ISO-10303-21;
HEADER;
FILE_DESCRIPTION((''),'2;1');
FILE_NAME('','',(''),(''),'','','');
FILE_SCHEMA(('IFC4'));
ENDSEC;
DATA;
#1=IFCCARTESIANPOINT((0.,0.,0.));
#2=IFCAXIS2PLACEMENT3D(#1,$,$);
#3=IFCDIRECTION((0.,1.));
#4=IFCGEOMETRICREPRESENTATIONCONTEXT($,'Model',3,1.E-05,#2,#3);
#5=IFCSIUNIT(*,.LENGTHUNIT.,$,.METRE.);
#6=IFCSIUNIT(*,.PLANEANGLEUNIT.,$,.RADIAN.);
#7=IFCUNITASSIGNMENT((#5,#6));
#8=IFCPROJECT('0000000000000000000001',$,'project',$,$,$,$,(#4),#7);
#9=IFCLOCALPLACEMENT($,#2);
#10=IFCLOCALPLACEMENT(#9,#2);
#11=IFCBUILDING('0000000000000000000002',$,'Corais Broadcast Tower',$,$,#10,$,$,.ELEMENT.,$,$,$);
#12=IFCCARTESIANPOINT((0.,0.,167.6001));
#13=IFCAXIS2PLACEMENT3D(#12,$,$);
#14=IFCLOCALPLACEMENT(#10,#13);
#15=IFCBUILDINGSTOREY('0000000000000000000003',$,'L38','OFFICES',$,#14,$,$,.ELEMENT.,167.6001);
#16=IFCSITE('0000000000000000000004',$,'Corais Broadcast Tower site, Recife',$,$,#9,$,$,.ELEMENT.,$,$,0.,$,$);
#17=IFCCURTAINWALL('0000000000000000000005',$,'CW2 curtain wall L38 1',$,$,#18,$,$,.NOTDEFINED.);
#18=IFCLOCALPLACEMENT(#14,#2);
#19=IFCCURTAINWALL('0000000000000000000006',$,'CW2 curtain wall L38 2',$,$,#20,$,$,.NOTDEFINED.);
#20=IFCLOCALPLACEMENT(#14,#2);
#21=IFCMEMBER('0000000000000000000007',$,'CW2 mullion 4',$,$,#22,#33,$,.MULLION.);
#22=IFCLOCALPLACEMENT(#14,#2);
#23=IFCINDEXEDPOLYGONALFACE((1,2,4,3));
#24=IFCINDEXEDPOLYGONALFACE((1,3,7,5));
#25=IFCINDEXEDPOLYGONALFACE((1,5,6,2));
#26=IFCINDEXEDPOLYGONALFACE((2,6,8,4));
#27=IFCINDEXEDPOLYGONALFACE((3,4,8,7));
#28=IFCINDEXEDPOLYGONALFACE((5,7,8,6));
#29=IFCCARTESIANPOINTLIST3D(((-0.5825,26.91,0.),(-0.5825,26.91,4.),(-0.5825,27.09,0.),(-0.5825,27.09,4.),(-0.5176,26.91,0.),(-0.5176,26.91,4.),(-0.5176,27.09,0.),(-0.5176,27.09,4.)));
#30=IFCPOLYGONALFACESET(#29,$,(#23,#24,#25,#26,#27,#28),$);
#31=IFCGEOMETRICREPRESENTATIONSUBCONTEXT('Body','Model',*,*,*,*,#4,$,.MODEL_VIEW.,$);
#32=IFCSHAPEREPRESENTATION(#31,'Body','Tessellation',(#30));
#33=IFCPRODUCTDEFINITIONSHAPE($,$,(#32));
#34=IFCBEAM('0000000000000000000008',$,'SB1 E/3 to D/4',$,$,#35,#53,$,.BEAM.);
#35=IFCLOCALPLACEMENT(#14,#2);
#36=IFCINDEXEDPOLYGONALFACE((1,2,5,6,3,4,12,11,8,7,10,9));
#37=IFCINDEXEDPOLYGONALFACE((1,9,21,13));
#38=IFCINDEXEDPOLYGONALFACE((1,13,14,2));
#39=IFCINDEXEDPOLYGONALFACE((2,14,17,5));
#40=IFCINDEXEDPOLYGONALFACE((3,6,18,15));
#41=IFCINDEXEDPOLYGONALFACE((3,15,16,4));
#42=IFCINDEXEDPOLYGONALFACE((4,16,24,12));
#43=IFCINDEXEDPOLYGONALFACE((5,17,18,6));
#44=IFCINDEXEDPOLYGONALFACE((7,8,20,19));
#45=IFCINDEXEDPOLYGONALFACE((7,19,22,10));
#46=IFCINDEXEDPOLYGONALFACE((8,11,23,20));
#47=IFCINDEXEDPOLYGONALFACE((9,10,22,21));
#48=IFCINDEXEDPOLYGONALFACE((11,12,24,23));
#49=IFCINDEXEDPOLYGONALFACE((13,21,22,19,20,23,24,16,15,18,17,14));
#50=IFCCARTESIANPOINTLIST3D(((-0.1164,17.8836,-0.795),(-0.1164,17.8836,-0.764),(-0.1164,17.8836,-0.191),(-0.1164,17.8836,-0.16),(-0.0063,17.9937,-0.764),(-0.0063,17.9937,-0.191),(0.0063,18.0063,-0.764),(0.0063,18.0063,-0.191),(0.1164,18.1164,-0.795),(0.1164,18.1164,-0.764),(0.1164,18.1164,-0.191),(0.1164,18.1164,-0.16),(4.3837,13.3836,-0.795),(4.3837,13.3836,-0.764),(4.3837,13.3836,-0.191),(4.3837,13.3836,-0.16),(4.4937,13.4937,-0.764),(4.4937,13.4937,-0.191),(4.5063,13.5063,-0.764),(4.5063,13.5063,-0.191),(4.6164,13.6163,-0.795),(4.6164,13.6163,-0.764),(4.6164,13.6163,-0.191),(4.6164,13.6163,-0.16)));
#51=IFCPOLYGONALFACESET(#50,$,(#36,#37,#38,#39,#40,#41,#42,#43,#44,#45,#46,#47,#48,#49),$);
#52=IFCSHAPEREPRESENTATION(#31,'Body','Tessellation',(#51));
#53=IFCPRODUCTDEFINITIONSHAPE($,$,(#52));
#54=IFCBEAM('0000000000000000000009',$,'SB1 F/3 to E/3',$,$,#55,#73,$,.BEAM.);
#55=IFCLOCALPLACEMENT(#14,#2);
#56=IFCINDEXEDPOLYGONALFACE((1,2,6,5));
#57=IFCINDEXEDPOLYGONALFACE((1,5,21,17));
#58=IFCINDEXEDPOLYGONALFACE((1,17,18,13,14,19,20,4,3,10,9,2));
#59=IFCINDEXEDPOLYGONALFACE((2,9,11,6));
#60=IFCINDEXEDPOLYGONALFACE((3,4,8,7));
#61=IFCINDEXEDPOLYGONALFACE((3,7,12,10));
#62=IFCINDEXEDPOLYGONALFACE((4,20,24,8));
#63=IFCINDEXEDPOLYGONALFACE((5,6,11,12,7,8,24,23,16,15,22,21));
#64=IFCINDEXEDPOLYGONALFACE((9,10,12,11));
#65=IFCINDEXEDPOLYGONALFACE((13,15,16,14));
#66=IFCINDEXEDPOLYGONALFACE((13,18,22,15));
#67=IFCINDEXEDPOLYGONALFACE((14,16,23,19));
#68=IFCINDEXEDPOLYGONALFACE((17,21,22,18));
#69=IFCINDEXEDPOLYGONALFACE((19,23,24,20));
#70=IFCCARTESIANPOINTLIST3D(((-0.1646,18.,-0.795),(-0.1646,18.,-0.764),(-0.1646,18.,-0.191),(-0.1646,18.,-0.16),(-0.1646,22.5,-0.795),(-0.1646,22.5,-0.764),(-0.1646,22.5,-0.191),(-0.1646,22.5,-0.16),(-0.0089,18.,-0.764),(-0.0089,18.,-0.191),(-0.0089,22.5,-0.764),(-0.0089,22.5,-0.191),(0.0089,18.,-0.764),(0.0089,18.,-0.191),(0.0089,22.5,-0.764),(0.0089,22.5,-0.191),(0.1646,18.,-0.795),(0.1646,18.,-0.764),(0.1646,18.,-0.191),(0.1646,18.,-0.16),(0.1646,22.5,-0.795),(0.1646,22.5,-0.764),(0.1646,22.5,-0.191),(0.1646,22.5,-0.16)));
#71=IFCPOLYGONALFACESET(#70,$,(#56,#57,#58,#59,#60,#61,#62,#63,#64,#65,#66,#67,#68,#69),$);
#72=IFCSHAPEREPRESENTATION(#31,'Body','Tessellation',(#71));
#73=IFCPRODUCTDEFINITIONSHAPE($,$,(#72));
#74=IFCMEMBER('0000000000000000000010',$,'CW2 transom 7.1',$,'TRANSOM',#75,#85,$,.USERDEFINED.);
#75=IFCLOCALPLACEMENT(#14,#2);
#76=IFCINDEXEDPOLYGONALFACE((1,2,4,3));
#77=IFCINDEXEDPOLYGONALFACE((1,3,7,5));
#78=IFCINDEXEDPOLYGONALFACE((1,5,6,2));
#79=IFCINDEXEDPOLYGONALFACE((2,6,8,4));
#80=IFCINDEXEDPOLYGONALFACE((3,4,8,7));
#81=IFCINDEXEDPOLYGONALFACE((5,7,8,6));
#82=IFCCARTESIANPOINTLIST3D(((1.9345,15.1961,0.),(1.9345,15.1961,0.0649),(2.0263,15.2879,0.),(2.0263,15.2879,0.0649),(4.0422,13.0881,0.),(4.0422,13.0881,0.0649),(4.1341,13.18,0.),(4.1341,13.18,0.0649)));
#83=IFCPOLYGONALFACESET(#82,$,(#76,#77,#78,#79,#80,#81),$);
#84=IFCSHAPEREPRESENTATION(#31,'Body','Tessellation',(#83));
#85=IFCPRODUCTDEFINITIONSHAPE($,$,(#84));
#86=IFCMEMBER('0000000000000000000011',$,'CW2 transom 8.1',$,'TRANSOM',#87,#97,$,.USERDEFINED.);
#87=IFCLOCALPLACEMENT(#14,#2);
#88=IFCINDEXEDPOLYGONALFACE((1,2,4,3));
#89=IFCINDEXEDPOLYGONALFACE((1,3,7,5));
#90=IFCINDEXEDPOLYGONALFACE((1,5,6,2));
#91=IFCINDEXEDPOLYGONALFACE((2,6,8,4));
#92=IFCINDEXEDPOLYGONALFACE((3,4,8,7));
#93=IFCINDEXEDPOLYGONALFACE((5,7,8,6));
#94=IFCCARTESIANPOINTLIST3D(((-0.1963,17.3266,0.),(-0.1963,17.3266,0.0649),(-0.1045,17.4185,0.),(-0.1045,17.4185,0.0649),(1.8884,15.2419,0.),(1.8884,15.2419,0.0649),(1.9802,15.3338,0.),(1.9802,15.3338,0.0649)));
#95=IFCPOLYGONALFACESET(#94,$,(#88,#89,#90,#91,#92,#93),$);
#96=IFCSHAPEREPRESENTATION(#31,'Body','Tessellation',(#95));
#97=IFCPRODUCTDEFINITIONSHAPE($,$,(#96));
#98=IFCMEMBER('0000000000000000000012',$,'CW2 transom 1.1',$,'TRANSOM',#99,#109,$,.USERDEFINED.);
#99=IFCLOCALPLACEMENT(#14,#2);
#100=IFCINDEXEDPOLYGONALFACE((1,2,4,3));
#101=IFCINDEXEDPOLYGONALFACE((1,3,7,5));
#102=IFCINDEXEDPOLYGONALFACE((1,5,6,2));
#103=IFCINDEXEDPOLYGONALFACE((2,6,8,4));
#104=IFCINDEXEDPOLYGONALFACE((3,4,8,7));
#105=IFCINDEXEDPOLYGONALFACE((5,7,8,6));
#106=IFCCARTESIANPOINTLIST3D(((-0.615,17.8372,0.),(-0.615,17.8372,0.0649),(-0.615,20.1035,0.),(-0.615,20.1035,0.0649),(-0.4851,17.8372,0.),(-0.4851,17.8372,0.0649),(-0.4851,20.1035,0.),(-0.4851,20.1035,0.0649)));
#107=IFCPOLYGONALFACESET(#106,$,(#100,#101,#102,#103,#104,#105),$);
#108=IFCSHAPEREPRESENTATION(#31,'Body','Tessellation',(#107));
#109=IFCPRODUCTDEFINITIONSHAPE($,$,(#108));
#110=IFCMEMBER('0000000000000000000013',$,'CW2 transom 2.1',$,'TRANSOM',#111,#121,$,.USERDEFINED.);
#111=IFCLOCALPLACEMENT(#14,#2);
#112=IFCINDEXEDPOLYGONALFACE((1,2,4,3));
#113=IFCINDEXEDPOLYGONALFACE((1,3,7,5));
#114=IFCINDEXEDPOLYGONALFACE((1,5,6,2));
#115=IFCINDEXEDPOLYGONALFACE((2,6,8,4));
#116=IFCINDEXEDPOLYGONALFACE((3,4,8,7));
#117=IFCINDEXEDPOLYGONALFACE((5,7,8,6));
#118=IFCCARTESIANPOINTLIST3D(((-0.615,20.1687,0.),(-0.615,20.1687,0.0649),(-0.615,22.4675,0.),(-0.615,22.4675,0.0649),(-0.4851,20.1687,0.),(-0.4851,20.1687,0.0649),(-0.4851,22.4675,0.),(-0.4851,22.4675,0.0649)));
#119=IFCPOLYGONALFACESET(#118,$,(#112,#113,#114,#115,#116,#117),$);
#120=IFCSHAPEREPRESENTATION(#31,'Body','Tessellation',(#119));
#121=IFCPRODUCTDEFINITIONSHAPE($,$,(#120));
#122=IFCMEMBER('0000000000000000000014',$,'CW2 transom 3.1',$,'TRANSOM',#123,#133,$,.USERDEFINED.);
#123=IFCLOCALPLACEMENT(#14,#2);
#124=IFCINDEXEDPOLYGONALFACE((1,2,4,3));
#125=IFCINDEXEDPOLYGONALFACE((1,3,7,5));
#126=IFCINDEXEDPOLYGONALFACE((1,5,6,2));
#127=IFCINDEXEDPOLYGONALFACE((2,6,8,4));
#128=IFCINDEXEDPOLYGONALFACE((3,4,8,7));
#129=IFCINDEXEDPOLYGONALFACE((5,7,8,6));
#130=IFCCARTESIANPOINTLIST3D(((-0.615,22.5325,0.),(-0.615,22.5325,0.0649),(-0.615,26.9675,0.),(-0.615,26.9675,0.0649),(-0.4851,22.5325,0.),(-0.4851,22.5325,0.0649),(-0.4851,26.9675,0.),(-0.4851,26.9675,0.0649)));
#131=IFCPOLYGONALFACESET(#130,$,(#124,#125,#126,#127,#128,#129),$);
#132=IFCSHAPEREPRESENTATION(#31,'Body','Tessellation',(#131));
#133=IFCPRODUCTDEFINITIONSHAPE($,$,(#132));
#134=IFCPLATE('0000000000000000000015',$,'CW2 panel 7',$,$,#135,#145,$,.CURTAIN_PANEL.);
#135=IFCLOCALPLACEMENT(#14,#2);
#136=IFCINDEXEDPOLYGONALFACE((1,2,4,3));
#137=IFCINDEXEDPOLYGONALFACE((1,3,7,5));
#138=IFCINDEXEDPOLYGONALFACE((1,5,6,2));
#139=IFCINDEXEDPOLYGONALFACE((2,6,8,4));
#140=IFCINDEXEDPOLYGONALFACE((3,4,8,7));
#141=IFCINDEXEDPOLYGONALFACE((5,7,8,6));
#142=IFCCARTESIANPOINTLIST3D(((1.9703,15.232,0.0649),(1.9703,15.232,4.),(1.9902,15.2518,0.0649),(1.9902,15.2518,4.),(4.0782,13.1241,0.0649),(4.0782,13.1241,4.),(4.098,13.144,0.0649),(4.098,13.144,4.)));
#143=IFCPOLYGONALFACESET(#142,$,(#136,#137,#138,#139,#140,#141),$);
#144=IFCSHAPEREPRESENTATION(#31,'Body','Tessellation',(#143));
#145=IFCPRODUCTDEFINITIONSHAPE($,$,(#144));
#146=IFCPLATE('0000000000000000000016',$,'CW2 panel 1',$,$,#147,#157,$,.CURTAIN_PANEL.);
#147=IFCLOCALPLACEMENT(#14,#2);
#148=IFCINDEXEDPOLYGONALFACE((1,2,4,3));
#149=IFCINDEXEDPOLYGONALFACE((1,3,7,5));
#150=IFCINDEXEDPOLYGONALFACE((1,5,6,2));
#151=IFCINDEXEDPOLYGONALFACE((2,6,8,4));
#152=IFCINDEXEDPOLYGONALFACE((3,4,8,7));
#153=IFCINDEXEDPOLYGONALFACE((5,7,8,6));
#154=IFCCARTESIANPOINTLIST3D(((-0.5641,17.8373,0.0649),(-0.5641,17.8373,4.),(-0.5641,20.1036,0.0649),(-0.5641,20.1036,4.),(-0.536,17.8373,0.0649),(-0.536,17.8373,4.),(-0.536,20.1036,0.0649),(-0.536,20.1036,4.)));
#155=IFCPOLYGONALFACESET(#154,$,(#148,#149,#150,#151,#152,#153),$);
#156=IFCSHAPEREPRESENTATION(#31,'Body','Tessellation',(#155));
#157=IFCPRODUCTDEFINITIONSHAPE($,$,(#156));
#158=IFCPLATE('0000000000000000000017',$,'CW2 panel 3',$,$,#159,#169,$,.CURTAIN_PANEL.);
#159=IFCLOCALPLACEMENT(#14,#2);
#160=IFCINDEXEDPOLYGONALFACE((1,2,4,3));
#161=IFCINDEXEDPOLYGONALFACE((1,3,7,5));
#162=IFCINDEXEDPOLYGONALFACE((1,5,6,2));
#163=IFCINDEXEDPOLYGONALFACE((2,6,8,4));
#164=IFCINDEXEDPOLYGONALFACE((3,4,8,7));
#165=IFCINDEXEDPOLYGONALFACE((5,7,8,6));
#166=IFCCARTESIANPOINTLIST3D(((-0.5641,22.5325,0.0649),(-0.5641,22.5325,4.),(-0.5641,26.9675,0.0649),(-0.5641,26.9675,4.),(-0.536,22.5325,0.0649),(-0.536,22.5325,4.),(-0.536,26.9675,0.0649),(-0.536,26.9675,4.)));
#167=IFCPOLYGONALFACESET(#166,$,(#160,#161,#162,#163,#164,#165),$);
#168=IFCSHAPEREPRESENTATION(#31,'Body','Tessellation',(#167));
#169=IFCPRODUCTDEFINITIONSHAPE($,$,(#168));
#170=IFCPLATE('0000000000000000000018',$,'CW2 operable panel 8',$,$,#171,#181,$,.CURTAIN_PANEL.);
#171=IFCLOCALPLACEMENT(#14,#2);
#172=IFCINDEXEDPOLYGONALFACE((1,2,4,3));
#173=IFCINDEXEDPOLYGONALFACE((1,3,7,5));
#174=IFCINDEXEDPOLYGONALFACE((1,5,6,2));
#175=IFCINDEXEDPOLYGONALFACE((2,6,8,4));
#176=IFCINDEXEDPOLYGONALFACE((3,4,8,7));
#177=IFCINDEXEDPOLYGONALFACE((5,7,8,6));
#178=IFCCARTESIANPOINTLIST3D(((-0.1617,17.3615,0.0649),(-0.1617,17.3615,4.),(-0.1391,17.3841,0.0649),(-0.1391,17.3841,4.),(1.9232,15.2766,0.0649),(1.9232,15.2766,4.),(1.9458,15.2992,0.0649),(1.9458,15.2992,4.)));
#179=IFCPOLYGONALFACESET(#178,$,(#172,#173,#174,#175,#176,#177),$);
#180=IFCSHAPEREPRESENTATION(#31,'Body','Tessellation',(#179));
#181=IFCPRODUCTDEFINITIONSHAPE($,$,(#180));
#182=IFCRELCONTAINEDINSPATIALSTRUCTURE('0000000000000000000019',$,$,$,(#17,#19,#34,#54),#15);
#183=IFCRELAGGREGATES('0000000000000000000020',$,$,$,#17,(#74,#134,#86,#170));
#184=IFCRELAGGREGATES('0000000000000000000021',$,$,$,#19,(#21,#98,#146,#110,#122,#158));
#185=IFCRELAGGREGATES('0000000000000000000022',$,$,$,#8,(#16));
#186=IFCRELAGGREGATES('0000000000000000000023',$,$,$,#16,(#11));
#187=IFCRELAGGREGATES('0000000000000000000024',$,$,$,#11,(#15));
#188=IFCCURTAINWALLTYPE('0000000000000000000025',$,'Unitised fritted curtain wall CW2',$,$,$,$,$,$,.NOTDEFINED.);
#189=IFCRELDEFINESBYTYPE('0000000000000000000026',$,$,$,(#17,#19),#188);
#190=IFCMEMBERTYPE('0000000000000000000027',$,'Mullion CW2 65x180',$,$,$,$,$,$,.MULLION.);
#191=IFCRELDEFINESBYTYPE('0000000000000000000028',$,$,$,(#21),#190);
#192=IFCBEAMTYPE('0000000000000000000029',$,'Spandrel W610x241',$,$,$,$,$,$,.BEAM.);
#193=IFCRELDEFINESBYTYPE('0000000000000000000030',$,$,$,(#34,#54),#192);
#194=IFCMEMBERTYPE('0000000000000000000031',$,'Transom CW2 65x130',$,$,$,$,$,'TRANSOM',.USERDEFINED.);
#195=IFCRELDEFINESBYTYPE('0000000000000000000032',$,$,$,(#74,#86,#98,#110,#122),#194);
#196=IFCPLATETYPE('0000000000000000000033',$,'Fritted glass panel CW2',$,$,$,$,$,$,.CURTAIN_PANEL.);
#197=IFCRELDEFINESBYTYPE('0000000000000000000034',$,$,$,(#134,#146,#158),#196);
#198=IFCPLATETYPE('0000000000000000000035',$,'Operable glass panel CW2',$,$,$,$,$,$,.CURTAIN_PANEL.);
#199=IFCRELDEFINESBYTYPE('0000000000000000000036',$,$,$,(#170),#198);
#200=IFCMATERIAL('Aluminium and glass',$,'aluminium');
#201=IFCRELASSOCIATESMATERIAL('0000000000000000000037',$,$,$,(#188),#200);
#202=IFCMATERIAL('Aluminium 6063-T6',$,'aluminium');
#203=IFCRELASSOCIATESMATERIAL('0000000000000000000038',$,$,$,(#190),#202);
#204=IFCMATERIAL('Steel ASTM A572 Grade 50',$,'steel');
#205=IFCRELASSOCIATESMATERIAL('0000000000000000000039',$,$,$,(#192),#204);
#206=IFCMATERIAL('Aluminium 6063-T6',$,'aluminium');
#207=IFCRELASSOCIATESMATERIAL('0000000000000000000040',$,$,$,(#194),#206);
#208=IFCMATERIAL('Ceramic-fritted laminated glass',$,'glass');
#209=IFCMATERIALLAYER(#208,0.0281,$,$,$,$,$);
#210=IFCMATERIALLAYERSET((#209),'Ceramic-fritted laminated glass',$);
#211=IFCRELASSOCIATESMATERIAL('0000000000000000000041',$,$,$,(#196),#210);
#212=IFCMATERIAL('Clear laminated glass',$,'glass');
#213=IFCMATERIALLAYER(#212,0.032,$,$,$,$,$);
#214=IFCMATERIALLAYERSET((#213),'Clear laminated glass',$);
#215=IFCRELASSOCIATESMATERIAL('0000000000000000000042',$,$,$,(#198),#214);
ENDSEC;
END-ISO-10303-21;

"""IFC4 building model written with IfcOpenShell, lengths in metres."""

from ifc_helpers import new_model, si_unit, direction, frame, origin, origin_2d, place, context, subcontext, project, spatial, rectangle, i_section, extrude, material, layer, layer_set, material_profile, profile_set, type_object, element, aggregate, save


model = new_model("IFC4")

# Units and contexts
model_context = context("Model", 3, precision=1e-05, world=origin(), true_north=direction((0.0, 1.0)))
body_context = subcontext(model_context, "Body", "Model", "MODEL_VIEW")
ifc_project = project(units=[si_unit("LENGTHUNIT", "METRE"), si_unit("PLANEANGLEUNIT", "RADIAN")], contexts=[model_context])

# Site, building, storey
site_placement = place(None, origin())
site = spatial("IfcSite", under=ifc_project, at=site_placement, Name="Corais Broadcast Tower site, Recife", CompositionType="ELEMENT", RefElevation=0.0)
building_placement = place(site_placement, origin())
building = spatial("IfcBuilding", under=site, at=building_placement, Name="Corais Broadcast Tower", CompositionType="ELEMENT")
storey_placement = place(building_placement, frame((0.0, 0.0, 167.6001)))
storey = spatial("IfcBuildingStorey", under=building, at=storey_placement, Name="L38", Description="OFFICES", CompositionType="ELEMENT", Elevation=167.6001)

# Curtain walls, member
ifc_material_1 = material(Name="Aluminium and glass", Category="aluminium")
curtain_wall_type = type_object("IfcCurtainWallType", Name="Unitised fritted curtain wall CW2", PredefinedType="NOTDEFINED", material=ifc_material_1)
curtain_wall_1_placement = place(storey_placement, origin())
curtain_wall_1 = element("IfcCurtainWall", 1, at=curtain_wall_1_placement, inside=storey, type_object=curtain_wall_type, Name="CW2 curtain wall L38 1", PredefinedType="NOTDEFINED")
ifc_material_2 = material(Name="Aluminium 6063-T6", Category="aluminium")
ifc_material_profile_1 = material_profile(ifc_material_2, rectangle(XDim=0.0649, YDim=0.1799, at=origin_2d()), Name="Mullion CW2 65x180")
ifc_profile_set_1 = profile_set([ifc_material_profile_1], Name="Aluminium 6063-T6")
member_type_1 = type_object("IfcMemberType", Name="Mullion CW2 65x180", PredefinedType="MULLION", material=ifc_profile_set_1)
curtain_wall_2_placement = place(storey_placement, origin())
curtain_wall_2 = element("IfcCurtainWall", 2, at=curtain_wall_2_placement, inside=storey, type_object=curtain_wall_type, Name="CW2 curtain wall L38 2", PredefinedType="NOTDEFINED")
member_1_placement = place(storey_placement, frame((-0.55, 27.0, 0.0), z_axis=(0.0, 0.0, 1.0), x_axis=(-1.0, 0.0, 0.0)))
member_1 = element("IfcMember", 3, at=member_1_placement, type_object=member_type_1, Name="CW2 mullion 4", PredefinedType="MULLION", context=body_context, shape_type="SweptSolid", body=[
    extrude(rectangle(XDim=0.0649, YDim=0.1799, at=origin_2d()), origin(), (0.0, 0.0, 1.0), 4.0),
])

# Beams
ifc_material_3 = material(Name="Steel ASTM A572 Grade 50", Category="steel")
ifc_material_profile_2 = material_profile(ifc_material_3, i_section(OverallWidth=0.3291, OverallDepth=0.635, WebThickness=0.0178, FlangeThickness=0.031, at=origin_2d()), Name="W610x241")
ifc_profile_set_2 = profile_set([ifc_material_profile_2], Name="Steel ASTM A572 Grade 50")
beam_type_1 = type_object("IfcBeamType", Name="Spandrel W610x241", PredefinedType="BEAM", material=ifc_profile_set_2)
beam_1_placement = place(storey_placement, frame((0.0, 18.0, -0.4775), z_axis=(0.707107, -0.707107, 0.0), x_axis=(0.707107, 0.707107, 0.0)))
element("IfcBeam", 4, at=beam_1_placement, inside=storey, type_object=beam_type_1, Name="SB1 E/3 to D/4", PredefinedType="BEAM", context=body_context, shape_type="SweptSolid", body=[
    extrude(i_section(OverallWidth=0.3291, OverallDepth=0.635, WebThickness=0.0178, FlangeThickness=0.031, at=origin_2d()), origin(), (0.0, 0.0, 1.0), 6.364),
])
beam_2_placement = place(storey_placement, frame((0.0, 22.5, -0.4775), z_axis=(0.0, -1.0, 0.0), x_axis=(1.0, 0.0, 0.0)))
element("IfcBeam", 5, at=beam_2_placement, inside=storey, type_object=beam_type_1, Name="SB1 F/3 to E/3", PredefinedType="BEAM", context=body_context, shape_type="SweptSolid", body=[
    extrude(i_section(OverallWidth=0.3291, OverallDepth=0.635, WebThickness=0.0178, FlangeThickness=0.031, at=origin_2d()), origin(), (0.0, 0.0, 1.0), 4.5),
])

# Members
ifc_material_4 = material(Name="Aluminium 6063-T6", Category="aluminium")
ifc_material_profile_3 = material_profile(ifc_material_4, rectangle(XDim=0.1299, YDim=0.0649, at=origin_2d()), Name="Transom CW2 65x130")
ifc_profile_set_3 = profile_set([ifc_material_profile_3], Name="Aluminium 6063-T6")
member_type_2 = type_object("IfcMemberType", Name="Transom CW2 65x130", ElementType="TRANSOM", PredefinedType="USERDEFINED", material=ifc_profile_set_3)
member_2_placement = place(storey_placement, frame((4.0881, 13.134, 0.0325), z_axis=(-0.707066, 0.707148, 0.0), x_axis=(-0.707148, -0.707066, 0.0)))
member_2 = element("IfcMember", 6, at=member_2_placement, type_object=member_type_2, Name="CW2 transom 7.1", ObjectType="TRANSOM", PredefinedType="USERDEFINED", context=body_context, shape_type="SweptSolid", body=[
    extrude(rectangle(XDim=0.1299, YDim=0.0649, at=origin_2d()), origin(), (0.0, 0.0, 1.0), 2.981),
])
member_3_placement = place(storey_placement, frame((1.9343, 15.2878, 0.0325), z_axis=(-0.707107, 0.707107, 0.0), x_axis=(-0.707107, -0.707107, 0.0)))
member_3 = element("IfcMember", 7, at=member_3_placement, type_object=member_type_2, Name="CW2 transom 8.1", ObjectType="TRANSOM", PredefinedType="USERDEFINED", context=body_context, shape_type="SweptSolid", body=[
    extrude(rectangle(XDim=0.1299, YDim=0.0649, at=origin_2d()), origin(), (0.0, 0.0, 1.0), 2.9482),
])
member_4_placement = place(storey_placement, frame((-0.55, 17.8372, 0.0325), z_axis=(0.0, 1.0, 0.0), x_axis=(-1.0, 0.0, 0.0)))
member_4 = element("IfcMember", 8, at=member_4_placement, type_object=member_type_2, Name="CW2 transom 1.1", ObjectType="TRANSOM", PredefinedType="USERDEFINED", context=body_context, shape_type="SweptSolid", body=[
    extrude(rectangle(XDim=0.1299, YDim=0.0649, at=origin_2d()), origin(), (0.0, 0.0, 1.0), 2.2664),
])
member_5_placement = place(storey_placement, frame((-0.55, 20.1687, 0.0325), z_axis=(0.0, 1.0, 0.0), x_axis=(-1.0, 0.0, 0.0)))
member_5 = element("IfcMember", 9, at=member_5_placement, type_object=member_type_2, Name="CW2 transom 2.1", ObjectType="TRANSOM", PredefinedType="USERDEFINED", context=body_context, shape_type="SweptSolid", body=[
    extrude(rectangle(XDim=0.1299, YDim=0.0649, at=origin_2d()), origin(), (0.0, 0.0, 1.0), 2.2988),
])
member_6_placement = place(storey_placement, frame((-0.55, 22.5325, 0.0325), z_axis=(0.0, 1.0, 0.0), x_axis=(-1.0, 0.0, 0.0)))
member_6 = element("IfcMember", 10, at=member_6_placement, type_object=member_type_2, Name="CW2 transom 3.1", ObjectType="TRANSOM", PredefinedType="USERDEFINED", context=body_context, shape_type="SweptSolid", body=[
    extrude(rectangle(XDim=0.1299, YDim=0.0649, at=origin_2d()), origin(), (0.0, 0.0, 1.0), 4.4351),
])

# Plates
ifc_material_5 = material(Name="Ceramic-fritted laminated glass", Category="glass")
ifc_layer_1 = layer(ifc_material_5, 0.0281)
ifc_layer_set_1 = layer_set([ifc_layer_1], Name="Ceramic-fritted laminated glass")
plate_type_1 = type_object("IfcPlateType", Name="Fritted glass panel CW2", PredefinedType="CURTAIN_PANEL", material=ifc_layer_set_1)
plate_1_placement = place(storey_placement, frame((3.0342, 14.188, 0.0649), z_axis=(0.0, 0.0, 1.0), x_axis=(-0.707107, 0.707107, 0.0)))
plate_1 = element("IfcPlate", 11, at=plate_1_placement, type_object=plate_type_1, Name="CW2 panel 7", PredefinedType="CURTAIN_PANEL", context=body_context, shape_type="SweptSolid", body=[
    extrude(rectangle(XDim=2.981, YDim=0.0281, at=origin_2d()), origin(), (0.0, 0.0, 1.0), 3.9351),
])
plate_2_placement = place(storey_placement, frame((-0.55, 18.9705, 0.0649), z_axis=(0.0, 0.0, 1.0), x_axis=(0.0, 1.0, 0.0)))
plate_2 = element("IfcPlate", 12, at=plate_2_placement, type_object=plate_type_1, Name="CW2 panel 1", PredefinedType="CURTAIN_PANEL", context=body_context, shape_type="SweptSolid", body=[
    extrude(rectangle(XDim=2.2664, YDim=0.0281, at=origin_2d()), origin(), (0.0, 0.0, 1.0), 3.9351),
])
plate_3_placement = place(storey_placement, frame((-0.55, 24.75, 0.0649), z_axis=(0.0, 0.0, 1.0), x_axis=(0.0, 1.0, 0.0)))
plate_3 = element("IfcPlate", 13, at=plate_3_placement, type_object=plate_type_1, Name="CW2 panel 3", PredefinedType="CURTAIN_PANEL", context=body_context, shape_type="SweptSolid", body=[
    extrude(rectangle(XDim=4.4351, YDim=0.0281, at=origin_2d()), origin(), (0.0, 0.0, 1.0), 3.9351),
])
ifc_material_6 = material(Name="Clear laminated glass", Category="glass")
ifc_layer_2 = layer(ifc_material_6, 0.032)
ifc_layer_set_2 = layer_set([ifc_layer_2], Name="Clear laminated glass")
plate_type_2 = type_object("IfcPlateType", Name="Operable glass panel CW2", PredefinedType="CURTAIN_PANEL", material=ifc_layer_set_2)
plate_4_placement = place(storey_placement, frame((0.8921, 16.3303, 0.0649), z_axis=(0.0, 0.0, 1.0), x_axis=(-0.707107, 0.707107, 0.0)))
plate_4 = element("IfcPlate", 14, at=plate_4_placement, type_object=plate_type_2, Name="CW2 operable panel 8", PredefinedType="CURTAIN_PANEL", context=body_context, shape_type="SweptSolid", body=[
    extrude(rectangle(XDim=2.9485, YDim=0.032, at=origin_2d()), origin(), (0.0, 0.0, 1.0), 3.9351),
])
aggregate(curtain_wall_1, [member_2, plate_1, member_3, plate_4])
aggregate(curtain_wall_2, [member_1, member_4, plate_2, member_5, member_6, plate_3])

save(model, "model.ifc")
